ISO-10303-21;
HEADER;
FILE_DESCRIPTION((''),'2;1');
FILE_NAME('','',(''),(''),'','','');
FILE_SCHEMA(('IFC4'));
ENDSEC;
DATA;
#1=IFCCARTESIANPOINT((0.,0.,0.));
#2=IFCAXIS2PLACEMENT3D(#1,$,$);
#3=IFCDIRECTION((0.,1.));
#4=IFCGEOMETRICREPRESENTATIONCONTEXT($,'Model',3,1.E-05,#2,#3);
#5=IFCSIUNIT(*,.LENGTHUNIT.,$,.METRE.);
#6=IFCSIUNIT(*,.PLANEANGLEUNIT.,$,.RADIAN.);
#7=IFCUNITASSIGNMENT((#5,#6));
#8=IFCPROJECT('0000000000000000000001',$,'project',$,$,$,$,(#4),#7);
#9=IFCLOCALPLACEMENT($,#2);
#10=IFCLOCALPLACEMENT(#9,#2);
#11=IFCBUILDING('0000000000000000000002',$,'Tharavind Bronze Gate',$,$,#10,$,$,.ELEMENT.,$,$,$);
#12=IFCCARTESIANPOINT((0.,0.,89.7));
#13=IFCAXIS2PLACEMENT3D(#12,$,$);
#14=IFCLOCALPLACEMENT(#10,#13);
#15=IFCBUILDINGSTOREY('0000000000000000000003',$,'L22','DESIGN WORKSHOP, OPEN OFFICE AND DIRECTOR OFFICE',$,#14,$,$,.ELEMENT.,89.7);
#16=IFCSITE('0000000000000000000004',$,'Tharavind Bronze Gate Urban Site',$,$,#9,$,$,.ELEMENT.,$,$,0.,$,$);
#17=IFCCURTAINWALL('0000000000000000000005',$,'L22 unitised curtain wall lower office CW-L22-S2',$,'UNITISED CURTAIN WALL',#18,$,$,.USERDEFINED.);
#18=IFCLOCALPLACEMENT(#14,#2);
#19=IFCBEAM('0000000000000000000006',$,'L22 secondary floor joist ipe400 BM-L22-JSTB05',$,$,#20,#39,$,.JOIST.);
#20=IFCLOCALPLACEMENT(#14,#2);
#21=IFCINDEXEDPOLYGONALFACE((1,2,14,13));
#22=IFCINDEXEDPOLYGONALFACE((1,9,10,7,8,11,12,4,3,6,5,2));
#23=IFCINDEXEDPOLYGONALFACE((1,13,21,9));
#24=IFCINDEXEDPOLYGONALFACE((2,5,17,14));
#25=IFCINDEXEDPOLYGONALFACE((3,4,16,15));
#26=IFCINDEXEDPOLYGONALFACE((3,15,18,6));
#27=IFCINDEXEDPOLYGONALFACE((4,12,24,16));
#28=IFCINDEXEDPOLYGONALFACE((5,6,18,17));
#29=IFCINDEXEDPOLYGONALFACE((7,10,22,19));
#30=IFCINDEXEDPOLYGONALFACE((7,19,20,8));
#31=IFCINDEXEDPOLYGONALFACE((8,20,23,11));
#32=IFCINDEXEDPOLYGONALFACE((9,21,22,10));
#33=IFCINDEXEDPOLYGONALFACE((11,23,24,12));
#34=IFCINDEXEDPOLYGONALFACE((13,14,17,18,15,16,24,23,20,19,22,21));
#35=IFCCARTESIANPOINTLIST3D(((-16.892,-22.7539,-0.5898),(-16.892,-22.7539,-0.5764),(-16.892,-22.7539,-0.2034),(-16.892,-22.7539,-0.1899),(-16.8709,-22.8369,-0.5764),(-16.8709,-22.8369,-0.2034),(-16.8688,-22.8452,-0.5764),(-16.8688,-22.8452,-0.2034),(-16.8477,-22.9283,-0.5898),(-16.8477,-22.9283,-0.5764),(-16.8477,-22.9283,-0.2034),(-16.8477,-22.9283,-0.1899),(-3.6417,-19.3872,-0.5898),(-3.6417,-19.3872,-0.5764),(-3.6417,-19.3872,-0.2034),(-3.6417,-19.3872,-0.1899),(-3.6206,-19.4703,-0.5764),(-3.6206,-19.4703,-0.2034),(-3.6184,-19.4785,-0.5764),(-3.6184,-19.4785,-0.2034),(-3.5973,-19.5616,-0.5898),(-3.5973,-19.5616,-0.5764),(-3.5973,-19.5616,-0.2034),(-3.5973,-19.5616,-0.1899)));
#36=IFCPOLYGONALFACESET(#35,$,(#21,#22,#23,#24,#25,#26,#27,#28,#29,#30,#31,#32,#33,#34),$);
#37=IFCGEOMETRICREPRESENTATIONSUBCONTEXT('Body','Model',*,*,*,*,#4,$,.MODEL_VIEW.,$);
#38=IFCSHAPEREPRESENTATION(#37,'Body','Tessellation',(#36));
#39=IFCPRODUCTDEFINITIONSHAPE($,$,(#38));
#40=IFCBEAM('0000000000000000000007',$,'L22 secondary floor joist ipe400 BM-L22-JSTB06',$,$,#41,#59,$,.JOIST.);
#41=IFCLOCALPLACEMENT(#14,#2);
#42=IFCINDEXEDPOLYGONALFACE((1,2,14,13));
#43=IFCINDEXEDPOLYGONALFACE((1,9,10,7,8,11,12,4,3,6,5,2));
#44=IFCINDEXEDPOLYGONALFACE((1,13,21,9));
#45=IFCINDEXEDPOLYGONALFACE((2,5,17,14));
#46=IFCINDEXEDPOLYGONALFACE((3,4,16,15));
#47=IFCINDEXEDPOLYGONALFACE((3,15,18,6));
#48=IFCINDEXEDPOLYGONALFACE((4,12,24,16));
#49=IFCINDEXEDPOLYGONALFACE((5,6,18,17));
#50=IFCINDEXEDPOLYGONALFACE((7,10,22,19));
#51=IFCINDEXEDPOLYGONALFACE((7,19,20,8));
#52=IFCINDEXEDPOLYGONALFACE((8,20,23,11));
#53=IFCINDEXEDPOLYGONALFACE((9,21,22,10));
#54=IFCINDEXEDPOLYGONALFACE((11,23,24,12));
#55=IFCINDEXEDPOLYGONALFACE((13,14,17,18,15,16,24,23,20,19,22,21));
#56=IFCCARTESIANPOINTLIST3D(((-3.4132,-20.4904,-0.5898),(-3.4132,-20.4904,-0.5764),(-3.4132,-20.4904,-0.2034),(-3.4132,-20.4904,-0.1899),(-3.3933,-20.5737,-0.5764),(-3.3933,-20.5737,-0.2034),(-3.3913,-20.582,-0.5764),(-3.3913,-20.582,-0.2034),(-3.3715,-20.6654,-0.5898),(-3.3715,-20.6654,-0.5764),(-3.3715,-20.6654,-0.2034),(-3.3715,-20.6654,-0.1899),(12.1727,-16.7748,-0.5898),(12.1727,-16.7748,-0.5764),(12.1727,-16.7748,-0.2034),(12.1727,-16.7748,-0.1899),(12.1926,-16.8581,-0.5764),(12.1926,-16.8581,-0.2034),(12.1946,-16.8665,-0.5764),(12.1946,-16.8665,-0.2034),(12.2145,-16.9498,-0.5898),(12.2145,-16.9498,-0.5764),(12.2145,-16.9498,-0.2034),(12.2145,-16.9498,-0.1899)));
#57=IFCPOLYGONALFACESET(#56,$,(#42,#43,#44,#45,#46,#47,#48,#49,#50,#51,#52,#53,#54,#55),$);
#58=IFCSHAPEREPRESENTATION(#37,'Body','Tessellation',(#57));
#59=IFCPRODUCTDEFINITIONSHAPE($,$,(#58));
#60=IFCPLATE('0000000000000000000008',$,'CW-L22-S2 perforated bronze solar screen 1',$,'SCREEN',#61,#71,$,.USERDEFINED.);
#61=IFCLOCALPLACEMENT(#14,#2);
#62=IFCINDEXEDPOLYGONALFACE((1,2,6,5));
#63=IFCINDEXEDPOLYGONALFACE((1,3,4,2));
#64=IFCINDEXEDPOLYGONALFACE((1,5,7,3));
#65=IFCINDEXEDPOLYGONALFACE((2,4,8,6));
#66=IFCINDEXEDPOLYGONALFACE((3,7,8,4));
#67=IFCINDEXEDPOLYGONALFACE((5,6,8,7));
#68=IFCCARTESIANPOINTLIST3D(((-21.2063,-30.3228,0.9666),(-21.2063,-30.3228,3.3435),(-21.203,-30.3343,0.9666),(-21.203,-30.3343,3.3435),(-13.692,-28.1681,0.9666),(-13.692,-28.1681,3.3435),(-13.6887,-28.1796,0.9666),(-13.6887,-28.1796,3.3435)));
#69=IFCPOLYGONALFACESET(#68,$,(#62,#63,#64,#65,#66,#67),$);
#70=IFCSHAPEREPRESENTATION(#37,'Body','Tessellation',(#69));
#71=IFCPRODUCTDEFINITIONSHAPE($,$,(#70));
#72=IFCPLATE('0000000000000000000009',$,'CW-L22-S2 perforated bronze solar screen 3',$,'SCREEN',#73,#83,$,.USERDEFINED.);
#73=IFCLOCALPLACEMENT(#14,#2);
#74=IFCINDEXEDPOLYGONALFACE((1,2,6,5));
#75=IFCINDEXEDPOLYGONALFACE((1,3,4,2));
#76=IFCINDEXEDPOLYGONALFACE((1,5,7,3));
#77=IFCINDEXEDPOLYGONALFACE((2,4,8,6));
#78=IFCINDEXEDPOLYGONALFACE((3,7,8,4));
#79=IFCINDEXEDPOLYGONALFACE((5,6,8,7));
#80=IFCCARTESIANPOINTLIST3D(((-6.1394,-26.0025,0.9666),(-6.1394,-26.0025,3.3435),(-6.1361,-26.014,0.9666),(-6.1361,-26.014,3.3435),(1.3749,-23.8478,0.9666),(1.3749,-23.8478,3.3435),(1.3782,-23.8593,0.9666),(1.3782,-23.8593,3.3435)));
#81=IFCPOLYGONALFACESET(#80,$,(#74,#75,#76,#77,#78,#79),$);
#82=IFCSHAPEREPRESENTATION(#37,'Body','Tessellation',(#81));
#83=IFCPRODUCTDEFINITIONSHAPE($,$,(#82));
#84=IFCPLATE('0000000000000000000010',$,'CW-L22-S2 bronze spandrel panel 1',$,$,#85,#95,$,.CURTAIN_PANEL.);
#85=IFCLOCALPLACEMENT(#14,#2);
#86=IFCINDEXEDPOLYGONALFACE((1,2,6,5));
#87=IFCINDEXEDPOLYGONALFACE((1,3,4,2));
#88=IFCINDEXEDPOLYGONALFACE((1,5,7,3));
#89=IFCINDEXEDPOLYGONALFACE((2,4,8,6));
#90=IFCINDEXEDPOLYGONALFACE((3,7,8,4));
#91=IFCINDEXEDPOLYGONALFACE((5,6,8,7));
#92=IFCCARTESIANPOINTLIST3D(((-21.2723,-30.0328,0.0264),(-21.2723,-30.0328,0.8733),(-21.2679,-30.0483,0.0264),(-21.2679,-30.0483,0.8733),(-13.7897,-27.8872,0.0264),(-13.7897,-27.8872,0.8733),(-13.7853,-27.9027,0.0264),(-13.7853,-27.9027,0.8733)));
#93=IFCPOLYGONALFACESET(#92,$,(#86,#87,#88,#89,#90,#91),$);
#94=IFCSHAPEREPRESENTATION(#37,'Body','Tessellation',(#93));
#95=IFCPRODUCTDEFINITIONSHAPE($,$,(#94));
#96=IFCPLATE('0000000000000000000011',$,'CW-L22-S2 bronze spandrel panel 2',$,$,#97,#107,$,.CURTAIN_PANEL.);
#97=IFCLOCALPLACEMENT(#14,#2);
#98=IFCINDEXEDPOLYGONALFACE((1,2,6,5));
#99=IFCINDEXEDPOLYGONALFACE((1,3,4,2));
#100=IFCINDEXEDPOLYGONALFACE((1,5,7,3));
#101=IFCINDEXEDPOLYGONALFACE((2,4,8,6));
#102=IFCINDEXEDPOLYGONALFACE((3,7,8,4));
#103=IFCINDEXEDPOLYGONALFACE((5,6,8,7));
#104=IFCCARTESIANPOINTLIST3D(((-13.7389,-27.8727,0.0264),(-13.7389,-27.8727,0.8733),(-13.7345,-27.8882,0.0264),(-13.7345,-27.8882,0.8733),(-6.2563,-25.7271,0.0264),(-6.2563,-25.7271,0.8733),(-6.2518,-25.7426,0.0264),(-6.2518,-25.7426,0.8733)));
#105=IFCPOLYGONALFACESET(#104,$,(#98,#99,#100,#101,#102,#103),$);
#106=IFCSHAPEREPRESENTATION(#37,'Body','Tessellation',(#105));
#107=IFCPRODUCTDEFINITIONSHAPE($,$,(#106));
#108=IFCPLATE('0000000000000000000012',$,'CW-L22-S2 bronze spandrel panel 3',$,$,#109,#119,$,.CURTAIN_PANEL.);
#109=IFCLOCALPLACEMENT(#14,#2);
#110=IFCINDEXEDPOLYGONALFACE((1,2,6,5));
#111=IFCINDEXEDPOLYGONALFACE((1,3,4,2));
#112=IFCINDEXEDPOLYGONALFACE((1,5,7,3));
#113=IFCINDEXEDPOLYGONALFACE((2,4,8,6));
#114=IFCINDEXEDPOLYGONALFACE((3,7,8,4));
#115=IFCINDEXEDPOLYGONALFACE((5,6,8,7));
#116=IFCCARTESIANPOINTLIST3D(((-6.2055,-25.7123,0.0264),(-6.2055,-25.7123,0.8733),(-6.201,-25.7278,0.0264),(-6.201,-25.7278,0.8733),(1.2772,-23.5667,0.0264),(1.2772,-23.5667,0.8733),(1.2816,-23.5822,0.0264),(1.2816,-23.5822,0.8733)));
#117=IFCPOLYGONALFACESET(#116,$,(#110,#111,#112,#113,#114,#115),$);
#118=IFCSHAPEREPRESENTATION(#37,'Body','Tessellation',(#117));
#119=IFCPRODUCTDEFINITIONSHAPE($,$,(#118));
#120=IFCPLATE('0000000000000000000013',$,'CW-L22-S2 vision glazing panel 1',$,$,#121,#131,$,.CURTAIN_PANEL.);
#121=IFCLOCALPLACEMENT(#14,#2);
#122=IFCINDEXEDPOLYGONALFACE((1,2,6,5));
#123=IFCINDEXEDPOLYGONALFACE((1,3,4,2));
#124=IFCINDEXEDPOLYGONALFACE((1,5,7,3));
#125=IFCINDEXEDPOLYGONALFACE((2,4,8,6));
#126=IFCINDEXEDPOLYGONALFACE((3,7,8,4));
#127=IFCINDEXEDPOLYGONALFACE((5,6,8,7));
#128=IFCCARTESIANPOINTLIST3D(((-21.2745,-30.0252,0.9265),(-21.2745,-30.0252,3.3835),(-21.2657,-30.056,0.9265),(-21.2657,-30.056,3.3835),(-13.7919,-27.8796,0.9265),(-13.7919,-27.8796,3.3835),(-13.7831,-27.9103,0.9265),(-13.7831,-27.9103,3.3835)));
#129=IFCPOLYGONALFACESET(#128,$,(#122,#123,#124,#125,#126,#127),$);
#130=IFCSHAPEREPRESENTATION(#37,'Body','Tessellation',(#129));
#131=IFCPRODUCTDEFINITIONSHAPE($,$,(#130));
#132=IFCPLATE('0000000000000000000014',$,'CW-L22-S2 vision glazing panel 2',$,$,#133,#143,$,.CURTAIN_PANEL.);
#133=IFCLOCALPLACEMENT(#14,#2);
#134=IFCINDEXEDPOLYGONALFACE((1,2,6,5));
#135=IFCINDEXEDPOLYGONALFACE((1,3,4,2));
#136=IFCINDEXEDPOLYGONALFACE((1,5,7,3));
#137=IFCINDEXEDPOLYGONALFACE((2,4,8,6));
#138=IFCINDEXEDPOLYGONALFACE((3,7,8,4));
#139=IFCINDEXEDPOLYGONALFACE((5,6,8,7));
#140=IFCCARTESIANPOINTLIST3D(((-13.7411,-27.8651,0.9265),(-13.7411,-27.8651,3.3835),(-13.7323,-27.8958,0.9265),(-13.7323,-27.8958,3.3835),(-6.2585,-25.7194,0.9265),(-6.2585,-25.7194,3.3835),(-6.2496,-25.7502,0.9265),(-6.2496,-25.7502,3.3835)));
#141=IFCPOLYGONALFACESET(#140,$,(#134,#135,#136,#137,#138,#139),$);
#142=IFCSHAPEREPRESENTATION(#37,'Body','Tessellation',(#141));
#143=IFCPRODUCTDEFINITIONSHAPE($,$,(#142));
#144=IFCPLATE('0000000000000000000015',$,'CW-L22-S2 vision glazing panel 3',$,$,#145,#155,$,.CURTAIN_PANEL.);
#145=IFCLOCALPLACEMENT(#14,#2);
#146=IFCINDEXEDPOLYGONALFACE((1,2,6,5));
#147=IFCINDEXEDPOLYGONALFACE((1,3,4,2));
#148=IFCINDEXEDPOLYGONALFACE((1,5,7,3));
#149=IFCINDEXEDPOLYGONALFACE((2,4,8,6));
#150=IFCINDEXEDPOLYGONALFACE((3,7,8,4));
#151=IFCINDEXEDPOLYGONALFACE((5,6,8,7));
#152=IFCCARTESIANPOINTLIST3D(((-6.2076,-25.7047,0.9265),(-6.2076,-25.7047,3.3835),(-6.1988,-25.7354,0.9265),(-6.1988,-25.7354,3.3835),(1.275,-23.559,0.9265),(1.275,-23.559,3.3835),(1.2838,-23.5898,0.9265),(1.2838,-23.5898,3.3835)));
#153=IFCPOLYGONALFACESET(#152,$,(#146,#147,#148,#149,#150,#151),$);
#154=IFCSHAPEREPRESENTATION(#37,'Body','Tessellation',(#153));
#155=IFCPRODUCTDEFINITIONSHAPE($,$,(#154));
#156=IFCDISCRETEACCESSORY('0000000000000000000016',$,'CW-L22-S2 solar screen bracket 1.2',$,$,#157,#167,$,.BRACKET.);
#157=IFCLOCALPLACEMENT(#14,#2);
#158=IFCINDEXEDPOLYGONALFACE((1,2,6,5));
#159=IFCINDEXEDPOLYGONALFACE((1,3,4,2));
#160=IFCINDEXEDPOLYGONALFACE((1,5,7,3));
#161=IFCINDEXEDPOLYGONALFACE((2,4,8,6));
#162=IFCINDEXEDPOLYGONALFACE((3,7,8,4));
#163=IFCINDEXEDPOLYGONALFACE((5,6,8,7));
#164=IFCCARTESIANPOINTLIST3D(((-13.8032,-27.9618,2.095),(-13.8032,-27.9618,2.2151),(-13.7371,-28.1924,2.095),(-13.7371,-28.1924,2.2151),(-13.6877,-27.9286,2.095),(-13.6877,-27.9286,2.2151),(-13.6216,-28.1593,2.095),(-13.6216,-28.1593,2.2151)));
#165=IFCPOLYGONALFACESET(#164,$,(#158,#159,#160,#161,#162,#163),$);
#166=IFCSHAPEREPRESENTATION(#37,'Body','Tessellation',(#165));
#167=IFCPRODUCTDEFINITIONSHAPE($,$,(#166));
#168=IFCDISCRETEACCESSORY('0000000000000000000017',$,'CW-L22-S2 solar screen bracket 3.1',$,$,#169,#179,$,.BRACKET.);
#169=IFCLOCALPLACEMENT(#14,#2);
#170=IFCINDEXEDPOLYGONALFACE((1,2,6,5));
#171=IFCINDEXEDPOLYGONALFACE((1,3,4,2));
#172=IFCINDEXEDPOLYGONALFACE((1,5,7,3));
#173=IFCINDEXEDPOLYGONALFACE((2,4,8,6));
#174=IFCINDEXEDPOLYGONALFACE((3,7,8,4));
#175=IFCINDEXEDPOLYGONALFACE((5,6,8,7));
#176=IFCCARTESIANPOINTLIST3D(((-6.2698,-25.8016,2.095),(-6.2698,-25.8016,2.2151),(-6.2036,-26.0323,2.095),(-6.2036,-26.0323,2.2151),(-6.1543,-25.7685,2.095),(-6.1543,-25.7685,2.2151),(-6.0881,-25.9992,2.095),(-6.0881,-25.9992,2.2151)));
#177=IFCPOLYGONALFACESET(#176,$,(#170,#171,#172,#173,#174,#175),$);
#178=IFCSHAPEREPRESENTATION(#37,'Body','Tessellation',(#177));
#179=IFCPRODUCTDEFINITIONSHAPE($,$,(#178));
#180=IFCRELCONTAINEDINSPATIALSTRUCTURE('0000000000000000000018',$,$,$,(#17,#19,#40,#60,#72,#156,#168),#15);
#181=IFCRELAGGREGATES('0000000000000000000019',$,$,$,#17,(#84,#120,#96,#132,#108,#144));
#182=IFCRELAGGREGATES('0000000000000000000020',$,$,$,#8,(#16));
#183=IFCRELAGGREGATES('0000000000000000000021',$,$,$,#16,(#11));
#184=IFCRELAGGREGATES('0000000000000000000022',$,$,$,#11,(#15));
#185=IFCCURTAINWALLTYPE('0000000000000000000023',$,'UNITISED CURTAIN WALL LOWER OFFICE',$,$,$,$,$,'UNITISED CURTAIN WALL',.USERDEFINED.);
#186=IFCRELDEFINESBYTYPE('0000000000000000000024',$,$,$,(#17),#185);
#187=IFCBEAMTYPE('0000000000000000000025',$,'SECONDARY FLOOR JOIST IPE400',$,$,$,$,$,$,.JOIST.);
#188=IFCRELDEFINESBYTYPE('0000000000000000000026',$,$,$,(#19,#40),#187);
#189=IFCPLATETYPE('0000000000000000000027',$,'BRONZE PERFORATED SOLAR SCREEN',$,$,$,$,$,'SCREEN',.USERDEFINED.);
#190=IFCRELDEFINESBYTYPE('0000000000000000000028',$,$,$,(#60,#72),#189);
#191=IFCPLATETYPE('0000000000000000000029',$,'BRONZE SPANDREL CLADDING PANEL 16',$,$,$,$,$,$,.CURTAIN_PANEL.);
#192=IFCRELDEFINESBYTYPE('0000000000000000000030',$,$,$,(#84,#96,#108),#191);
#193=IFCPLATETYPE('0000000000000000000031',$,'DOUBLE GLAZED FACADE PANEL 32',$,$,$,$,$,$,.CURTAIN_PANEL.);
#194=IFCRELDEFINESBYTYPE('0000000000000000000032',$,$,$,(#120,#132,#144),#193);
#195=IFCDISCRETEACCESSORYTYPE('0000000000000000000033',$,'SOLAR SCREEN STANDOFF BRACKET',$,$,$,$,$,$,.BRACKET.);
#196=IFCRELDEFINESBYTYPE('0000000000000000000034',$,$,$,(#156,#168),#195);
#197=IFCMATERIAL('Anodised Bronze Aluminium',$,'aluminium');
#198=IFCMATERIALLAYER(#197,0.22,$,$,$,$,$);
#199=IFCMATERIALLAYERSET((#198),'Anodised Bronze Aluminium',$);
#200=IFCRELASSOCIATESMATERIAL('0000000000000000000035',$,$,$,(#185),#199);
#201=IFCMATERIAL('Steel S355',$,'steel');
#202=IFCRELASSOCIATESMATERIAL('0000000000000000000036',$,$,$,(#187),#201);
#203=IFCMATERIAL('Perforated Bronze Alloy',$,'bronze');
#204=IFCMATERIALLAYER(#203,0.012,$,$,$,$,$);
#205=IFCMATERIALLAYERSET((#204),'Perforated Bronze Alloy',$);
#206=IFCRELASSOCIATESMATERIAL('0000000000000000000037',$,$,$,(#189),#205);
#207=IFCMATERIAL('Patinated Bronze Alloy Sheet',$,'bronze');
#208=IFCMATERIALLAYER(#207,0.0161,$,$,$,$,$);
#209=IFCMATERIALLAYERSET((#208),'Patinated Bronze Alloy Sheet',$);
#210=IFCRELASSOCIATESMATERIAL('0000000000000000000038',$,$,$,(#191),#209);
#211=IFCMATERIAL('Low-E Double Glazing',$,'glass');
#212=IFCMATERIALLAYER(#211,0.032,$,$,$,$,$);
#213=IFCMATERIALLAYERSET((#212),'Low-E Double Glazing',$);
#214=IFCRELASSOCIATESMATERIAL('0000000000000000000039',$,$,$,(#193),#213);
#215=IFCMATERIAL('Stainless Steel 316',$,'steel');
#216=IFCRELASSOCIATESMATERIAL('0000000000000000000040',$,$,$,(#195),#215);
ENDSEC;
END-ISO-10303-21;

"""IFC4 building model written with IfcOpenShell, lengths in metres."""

from ifc_helpers import new_model, si_unit, direction, frame, origin, origin_2d, place, context, subcontext, project, spatial, rectangle, i_section, extrude, material, layer, layer_set, material_profile, profile_set, type_object, element, aggregate, save


model = new_model("IFC4")

# Units and contexts
model_context = context("Model", 3, precision=1e-05, world=origin(), true_north=direction((0.0, 1.0)))
body_context = subcontext(model_context, "Body", "Model", "MODEL_VIEW")
ifc_project = project(units=[si_unit("LENGTHUNIT", "METRE"), si_unit("PLANEANGLEUNIT", "RADIAN")], contexts=[model_context])

# Site, building, storey
site_placement = place(None, origin())
site = spatial("IfcSite", under=ifc_project, at=site_placement, Name="Tharavind Bronze Gate Urban Site", CompositionType="ELEMENT", RefElevation=0.0)
building_placement = place(site_placement, origin())
building = spatial("IfcBuilding", under=site, at=building_placement, Name="Tharavind Bronze Gate", CompositionType="ELEMENT")
storey_placement = place(building_placement, frame((0.0, 0.0, 89.7)))
storey = spatial("IfcBuildingStorey", under=building, at=storey_placement, Name="L22", Description="DESIGN WORKSHOP, OPEN OFFICE AND DIRECTOR OFFICE", CompositionType="ELEMENT", Elevation=89.7)

# Curtain wall
ifc_material_1 = material(Name="Anodised Bronze Aluminium", Category="aluminium")
ifc_layer_1 = layer(ifc_material_1, 0.22)
ifc_layer_set_1 = layer_set([ifc_layer_1], Name="Anodised Bronze Aluminium")
curtain_wall_type = type_object("IfcCurtainWallType", Name="UNITISED CURTAIN WALL LOWER OFFICE", ElementType="UNITISED CURTAIN WALL", PredefinedType="USERDEFINED", material=ifc_layer_set_1)
curtain_wall_placement = place(storey_placement, origin())
curtain_wall = element("IfcCurtainWall", 1, at=curtain_wall_placement, inside=storey, type_object=curtain_wall_type, Name="L22 unitised curtain wall lower office CW-L22-S2", ObjectType="UNITISED CURTAIN WALL", PredefinedType="USERDEFINED")

# Beams
ifc_material_2 = material(Name="Steel S355", Category="steel")
ifc_material_profile_1 = material_profile(ifc_material_2, i_section(OverallWidth=0.1799, OverallDepth=0.3999, WebThickness=0.0085, FlangeThickness=0.0134, at=origin_2d()), Name="IPE400")
ifc_profile_set_1 = profile_set([ifc_material_profile_1], Name="Steel S355")
beam_type_1 = type_object("IfcBeamType", Name="SECONDARY FLOOR JOIST IPE400", PredefinedType="JOIST", material=ifc_profile_set_1)
beam_1_placement = place(storey_placement, frame((-16.8699, -22.8411, -0.3899), z_axis=(0.969205, 0.246257, 0.0), x_axis=(-0.246257, 0.969205, 0.0)))
element("IfcBeam", 2, at=beam_1_placement, inside=storey, type_object=beam_type_1, Name="L22 secondary floor joist ipe400 BM-L22-JSTB05", PredefinedType="JOIST", context=body_context, shape_type="SweptSolid", body=[
    extrude(i_section(OverallWidth=0.1799, OverallDepth=0.3999, WebThickness=0.0085, FlangeThickness=0.0134, at=origin_2d()), origin(), (0.0, 0.0, 1.0), 13.6714),
])
beam_2_placement = place(storey_placement, frame((-3.3923, -20.5779, -0.3899), z_axis=(0.972741, 0.231894, 0.0), x_axis=(-0.231894, 0.972741, 0.0)))
element("IfcBeam", 3, at=beam_2_placement, inside=storey, type_object=beam_type_1, Name="L22 secondary floor joist ipe400 BM-L22-JSTB06", PredefinedType="JOIST", context=body_context, shape_type="SweptSolid", body=[
    extrude(i_section(OverallWidth=0.1799, OverallDepth=0.3999, WebThickness=0.0085, FlangeThickness=0.0134, at=origin_2d()), origin(), (0.0, 0.0, 1.0), 16.0227),
])

# Plates
ifc_material_3 = material(Name="Perforated Bronze Alloy", Category="bronze")
ifc_layer_2 = layer(ifc_material_3, 0.012)
ifc_layer_set_2 = layer_set([ifc_layer_2], Name="Perforated Bronze Alloy")
plate_type_1 = type_object("IfcPlateType", Name="BRONZE PERFORATED SOLAR SCREEN", ElementType="SCREEN", PredefinedType="USERDEFINED", material=ifc_layer_set_2)
for number, where, z_axis, x_axis, name in (
    (4, (-17.4475, -29.2512, 0.9666), (0.0, 0.0, 1.0), (0.961262, 0.275637, 0.0), "CW-L22-S2 perforated bronze solar screen 1"),
    (5, (-2.3806, -24.9309, 0.9666), (0.0, 0.0, 1.0), (0.961262, 0.275637, 0.0), "CW-L22-S2 perforated bronze solar screen 3"),
):
    element("IfcPlate", number, at=place(storey_placement, frame(where, z_axis=z_axis, x_axis=x_axis)), inside=storey, type_object=plate_type_1, Name=name, ObjectType="SCREEN", PredefinedType="USERDEFINED", context=body_context, shape_type="SweptSolid", body=[
        extrude(rectangle(XDim=7.8171, YDim=0.012, at=origin_2d()), origin(), (0.0, 0.0, 1.0), 2.377),
    ])

# Plates
ifc_material_4 = material(Name="Patinated Bronze Alloy Sheet", Category="bronze")
ifc_layer_3 = layer(ifc_material_4, 0.0161)
ifc_layer_set_3 = layer_set([ifc_layer_3], Name="Patinated Bronze Alloy Sheet")
plate_type_2 = type_object("IfcPlateType", Name="BRONZE SPANDREL CLADDING PANEL 16", PredefinedType="CURTAIN_PANEL", material=ifc_layer_set_3)
plate_1_placement = place(storey_placement, frame((-17.5288, -28.9678, 0.0264), z_axis=(0.0, 0.0, 1.0), x_axis=(0.961262, 0.275637, 0.0)))
plate_1 = element("IfcPlate", 6, at=plate_1_placement, type_object=plate_type_2, Name="CW-L22-S2 bronze spandrel panel 1", PredefinedType="CURTAIN_PANEL", context=body_context, shape_type="SweptSolid", body=[
    extrude(rectangle(XDim=7.7842, YDim=0.0161, at=origin_2d()), origin(), (0.0, 0.0, 1.0), 0.8469),
])
plate_2_placement = place(storey_placement, frame((-9.9954, -26.8076, 0.0264), z_axis=(0.0, 0.0, 1.0), x_axis=(0.961262, 0.275637, 0.0)))
plate_2 = element("IfcPlate", 7, at=plate_2_placement, type_object=plate_type_2, Name="CW-L22-S2 bronze spandrel panel 2", PredefinedType="CURTAIN_PANEL", context=body_context, shape_type="SweptSolid", body=[
    extrude(rectangle(XDim=7.7842, YDim=0.0161, at=origin_2d()), origin(), (0.0, 0.0, 1.0), 0.8469),
])
plate_3_placement = place(storey_placement, frame((-2.4619, -24.6472, 0.0264), z_axis=(0.0, 0.0, 1.0), x_axis=(0.961262, 0.275637, 0.0)))
plate_3 = element("IfcPlate", 8, at=plate_3_placement, type_object=plate_type_2, Name="CW-L22-S2 bronze spandrel panel 3", PredefinedType="CURTAIN_PANEL", context=body_context, shape_type="SweptSolid", body=[
    extrude(rectangle(XDim=7.7842, YDim=0.0161, at=origin_2d()), origin(), (0.0, 0.0, 1.0), 0.8469),
])
ifc_material_5 = material(Name="Low-E Double Glazing", Category="glass")
ifc_layer_4 = layer(ifc_material_5, 0.032)
ifc_layer_set_4 = layer_set([ifc_layer_4], Name="Low-E Double Glazing")
plate_type_3 = type_object("IfcPlateType", Name="DOUBLE GLAZED FACADE PANEL 32", PredefinedType="CURTAIN_PANEL", material=ifc_layer_set_4)
plate_4_placement = place(storey_placement, frame((-17.5288, -28.9678, 0.9265), z_axis=(0.0, 0.0, 1.0), x_axis=(0.961262, 0.275637, 0.0)))
plate_4 = element("IfcPlate", 9, at=plate_4_placement, type_object=plate_type_3, Name="CW-L22-S2 vision glazing panel 1", PredefinedType="CURTAIN_PANEL", context=body_context, shape_type="SweptSolid", body=[
    extrude(rectangle(XDim=7.7842, YDim=0.032, at=origin_2d()), origin(), (0.0, 0.0, 1.0), 2.457),
])
plate_5_placement = place(storey_placement, frame((-9.9954, -26.8076, 0.9265), z_axis=(0.0, 0.0, 1.0), x_axis=(0.961262, 0.275637, 0.0)))
plate_5 = element("IfcPlate", 10, at=plate_5_placement, type_object=plate_type_3, Name="CW-L22-S2 vision glazing panel 2", PredefinedType="CURTAIN_PANEL", context=body_context, shape_type="SweptSolid", body=[
    extrude(rectangle(XDim=7.7842, YDim=0.032, at=origin_2d()), origin(), (0.0, 0.0, 1.0), 2.457),
])
plate_6_placement = place(storey_placement, frame((-2.4619, -24.6472, 0.9265), z_axis=(0.0, 0.0, 1.0), x_axis=(0.961262, 0.275637, 0.0)))
plate_6 = element("IfcPlate", 11, at=plate_6_placement, type_object=plate_type_3, Name="CW-L22-S2 vision glazing panel 3", PredefinedType="CURTAIN_PANEL", context=body_context, shape_type="SweptSolid", body=[
    extrude(rectangle(XDim=7.7842, YDim=0.032, at=origin_2d()), origin(), (0.0, 0.0, 1.0), 2.457),
])
aggregate(curtain_wall, [plate_1, plate_4, plate_2, plate_5, plate_3, plate_6])

# Discrete accessories
ifc_material_6 = material(Name="Stainless Steel 316", Category="steel")
discrete_accessory_type = type_object("IfcDiscreteAccessoryType", Name="SOLAR SCREEN STANDOFF BRACKET", PredefinedType="BRACKET", material=ifc_material_6)
for number, where, z_axis, x_axis, name in (
    (12, (-13.7124, -28.0605, 2.095), (0.0, 0.0, 1.0), (0.961262, 0.275637, 0.0), "CW-L22-S2 solar screen bracket 1.2"),
    (13, (-6.179, -25.9004, 2.095), (0.0, 0.0, 1.0), (0.961262, 0.275637, 0.0), "CW-L22-S2 solar screen bracket 3.1"),
):
    element("IfcDiscreteAccessory", number, at=place(storey_placement, frame(where, z_axis=z_axis, x_axis=x_axis)), inside=storey, type_object=discrete_accessory_type, Name=name, PredefinedType="BRACKET", context=body_context, shape_type="SweptSolid", body=[
        extrude(rectangle(XDim=0.1201, YDim=0.24, at=origin_2d()), origin(), (0.0, 0.0, 1.0), 0.1201),
    ])

save(model, "model.ifc")
